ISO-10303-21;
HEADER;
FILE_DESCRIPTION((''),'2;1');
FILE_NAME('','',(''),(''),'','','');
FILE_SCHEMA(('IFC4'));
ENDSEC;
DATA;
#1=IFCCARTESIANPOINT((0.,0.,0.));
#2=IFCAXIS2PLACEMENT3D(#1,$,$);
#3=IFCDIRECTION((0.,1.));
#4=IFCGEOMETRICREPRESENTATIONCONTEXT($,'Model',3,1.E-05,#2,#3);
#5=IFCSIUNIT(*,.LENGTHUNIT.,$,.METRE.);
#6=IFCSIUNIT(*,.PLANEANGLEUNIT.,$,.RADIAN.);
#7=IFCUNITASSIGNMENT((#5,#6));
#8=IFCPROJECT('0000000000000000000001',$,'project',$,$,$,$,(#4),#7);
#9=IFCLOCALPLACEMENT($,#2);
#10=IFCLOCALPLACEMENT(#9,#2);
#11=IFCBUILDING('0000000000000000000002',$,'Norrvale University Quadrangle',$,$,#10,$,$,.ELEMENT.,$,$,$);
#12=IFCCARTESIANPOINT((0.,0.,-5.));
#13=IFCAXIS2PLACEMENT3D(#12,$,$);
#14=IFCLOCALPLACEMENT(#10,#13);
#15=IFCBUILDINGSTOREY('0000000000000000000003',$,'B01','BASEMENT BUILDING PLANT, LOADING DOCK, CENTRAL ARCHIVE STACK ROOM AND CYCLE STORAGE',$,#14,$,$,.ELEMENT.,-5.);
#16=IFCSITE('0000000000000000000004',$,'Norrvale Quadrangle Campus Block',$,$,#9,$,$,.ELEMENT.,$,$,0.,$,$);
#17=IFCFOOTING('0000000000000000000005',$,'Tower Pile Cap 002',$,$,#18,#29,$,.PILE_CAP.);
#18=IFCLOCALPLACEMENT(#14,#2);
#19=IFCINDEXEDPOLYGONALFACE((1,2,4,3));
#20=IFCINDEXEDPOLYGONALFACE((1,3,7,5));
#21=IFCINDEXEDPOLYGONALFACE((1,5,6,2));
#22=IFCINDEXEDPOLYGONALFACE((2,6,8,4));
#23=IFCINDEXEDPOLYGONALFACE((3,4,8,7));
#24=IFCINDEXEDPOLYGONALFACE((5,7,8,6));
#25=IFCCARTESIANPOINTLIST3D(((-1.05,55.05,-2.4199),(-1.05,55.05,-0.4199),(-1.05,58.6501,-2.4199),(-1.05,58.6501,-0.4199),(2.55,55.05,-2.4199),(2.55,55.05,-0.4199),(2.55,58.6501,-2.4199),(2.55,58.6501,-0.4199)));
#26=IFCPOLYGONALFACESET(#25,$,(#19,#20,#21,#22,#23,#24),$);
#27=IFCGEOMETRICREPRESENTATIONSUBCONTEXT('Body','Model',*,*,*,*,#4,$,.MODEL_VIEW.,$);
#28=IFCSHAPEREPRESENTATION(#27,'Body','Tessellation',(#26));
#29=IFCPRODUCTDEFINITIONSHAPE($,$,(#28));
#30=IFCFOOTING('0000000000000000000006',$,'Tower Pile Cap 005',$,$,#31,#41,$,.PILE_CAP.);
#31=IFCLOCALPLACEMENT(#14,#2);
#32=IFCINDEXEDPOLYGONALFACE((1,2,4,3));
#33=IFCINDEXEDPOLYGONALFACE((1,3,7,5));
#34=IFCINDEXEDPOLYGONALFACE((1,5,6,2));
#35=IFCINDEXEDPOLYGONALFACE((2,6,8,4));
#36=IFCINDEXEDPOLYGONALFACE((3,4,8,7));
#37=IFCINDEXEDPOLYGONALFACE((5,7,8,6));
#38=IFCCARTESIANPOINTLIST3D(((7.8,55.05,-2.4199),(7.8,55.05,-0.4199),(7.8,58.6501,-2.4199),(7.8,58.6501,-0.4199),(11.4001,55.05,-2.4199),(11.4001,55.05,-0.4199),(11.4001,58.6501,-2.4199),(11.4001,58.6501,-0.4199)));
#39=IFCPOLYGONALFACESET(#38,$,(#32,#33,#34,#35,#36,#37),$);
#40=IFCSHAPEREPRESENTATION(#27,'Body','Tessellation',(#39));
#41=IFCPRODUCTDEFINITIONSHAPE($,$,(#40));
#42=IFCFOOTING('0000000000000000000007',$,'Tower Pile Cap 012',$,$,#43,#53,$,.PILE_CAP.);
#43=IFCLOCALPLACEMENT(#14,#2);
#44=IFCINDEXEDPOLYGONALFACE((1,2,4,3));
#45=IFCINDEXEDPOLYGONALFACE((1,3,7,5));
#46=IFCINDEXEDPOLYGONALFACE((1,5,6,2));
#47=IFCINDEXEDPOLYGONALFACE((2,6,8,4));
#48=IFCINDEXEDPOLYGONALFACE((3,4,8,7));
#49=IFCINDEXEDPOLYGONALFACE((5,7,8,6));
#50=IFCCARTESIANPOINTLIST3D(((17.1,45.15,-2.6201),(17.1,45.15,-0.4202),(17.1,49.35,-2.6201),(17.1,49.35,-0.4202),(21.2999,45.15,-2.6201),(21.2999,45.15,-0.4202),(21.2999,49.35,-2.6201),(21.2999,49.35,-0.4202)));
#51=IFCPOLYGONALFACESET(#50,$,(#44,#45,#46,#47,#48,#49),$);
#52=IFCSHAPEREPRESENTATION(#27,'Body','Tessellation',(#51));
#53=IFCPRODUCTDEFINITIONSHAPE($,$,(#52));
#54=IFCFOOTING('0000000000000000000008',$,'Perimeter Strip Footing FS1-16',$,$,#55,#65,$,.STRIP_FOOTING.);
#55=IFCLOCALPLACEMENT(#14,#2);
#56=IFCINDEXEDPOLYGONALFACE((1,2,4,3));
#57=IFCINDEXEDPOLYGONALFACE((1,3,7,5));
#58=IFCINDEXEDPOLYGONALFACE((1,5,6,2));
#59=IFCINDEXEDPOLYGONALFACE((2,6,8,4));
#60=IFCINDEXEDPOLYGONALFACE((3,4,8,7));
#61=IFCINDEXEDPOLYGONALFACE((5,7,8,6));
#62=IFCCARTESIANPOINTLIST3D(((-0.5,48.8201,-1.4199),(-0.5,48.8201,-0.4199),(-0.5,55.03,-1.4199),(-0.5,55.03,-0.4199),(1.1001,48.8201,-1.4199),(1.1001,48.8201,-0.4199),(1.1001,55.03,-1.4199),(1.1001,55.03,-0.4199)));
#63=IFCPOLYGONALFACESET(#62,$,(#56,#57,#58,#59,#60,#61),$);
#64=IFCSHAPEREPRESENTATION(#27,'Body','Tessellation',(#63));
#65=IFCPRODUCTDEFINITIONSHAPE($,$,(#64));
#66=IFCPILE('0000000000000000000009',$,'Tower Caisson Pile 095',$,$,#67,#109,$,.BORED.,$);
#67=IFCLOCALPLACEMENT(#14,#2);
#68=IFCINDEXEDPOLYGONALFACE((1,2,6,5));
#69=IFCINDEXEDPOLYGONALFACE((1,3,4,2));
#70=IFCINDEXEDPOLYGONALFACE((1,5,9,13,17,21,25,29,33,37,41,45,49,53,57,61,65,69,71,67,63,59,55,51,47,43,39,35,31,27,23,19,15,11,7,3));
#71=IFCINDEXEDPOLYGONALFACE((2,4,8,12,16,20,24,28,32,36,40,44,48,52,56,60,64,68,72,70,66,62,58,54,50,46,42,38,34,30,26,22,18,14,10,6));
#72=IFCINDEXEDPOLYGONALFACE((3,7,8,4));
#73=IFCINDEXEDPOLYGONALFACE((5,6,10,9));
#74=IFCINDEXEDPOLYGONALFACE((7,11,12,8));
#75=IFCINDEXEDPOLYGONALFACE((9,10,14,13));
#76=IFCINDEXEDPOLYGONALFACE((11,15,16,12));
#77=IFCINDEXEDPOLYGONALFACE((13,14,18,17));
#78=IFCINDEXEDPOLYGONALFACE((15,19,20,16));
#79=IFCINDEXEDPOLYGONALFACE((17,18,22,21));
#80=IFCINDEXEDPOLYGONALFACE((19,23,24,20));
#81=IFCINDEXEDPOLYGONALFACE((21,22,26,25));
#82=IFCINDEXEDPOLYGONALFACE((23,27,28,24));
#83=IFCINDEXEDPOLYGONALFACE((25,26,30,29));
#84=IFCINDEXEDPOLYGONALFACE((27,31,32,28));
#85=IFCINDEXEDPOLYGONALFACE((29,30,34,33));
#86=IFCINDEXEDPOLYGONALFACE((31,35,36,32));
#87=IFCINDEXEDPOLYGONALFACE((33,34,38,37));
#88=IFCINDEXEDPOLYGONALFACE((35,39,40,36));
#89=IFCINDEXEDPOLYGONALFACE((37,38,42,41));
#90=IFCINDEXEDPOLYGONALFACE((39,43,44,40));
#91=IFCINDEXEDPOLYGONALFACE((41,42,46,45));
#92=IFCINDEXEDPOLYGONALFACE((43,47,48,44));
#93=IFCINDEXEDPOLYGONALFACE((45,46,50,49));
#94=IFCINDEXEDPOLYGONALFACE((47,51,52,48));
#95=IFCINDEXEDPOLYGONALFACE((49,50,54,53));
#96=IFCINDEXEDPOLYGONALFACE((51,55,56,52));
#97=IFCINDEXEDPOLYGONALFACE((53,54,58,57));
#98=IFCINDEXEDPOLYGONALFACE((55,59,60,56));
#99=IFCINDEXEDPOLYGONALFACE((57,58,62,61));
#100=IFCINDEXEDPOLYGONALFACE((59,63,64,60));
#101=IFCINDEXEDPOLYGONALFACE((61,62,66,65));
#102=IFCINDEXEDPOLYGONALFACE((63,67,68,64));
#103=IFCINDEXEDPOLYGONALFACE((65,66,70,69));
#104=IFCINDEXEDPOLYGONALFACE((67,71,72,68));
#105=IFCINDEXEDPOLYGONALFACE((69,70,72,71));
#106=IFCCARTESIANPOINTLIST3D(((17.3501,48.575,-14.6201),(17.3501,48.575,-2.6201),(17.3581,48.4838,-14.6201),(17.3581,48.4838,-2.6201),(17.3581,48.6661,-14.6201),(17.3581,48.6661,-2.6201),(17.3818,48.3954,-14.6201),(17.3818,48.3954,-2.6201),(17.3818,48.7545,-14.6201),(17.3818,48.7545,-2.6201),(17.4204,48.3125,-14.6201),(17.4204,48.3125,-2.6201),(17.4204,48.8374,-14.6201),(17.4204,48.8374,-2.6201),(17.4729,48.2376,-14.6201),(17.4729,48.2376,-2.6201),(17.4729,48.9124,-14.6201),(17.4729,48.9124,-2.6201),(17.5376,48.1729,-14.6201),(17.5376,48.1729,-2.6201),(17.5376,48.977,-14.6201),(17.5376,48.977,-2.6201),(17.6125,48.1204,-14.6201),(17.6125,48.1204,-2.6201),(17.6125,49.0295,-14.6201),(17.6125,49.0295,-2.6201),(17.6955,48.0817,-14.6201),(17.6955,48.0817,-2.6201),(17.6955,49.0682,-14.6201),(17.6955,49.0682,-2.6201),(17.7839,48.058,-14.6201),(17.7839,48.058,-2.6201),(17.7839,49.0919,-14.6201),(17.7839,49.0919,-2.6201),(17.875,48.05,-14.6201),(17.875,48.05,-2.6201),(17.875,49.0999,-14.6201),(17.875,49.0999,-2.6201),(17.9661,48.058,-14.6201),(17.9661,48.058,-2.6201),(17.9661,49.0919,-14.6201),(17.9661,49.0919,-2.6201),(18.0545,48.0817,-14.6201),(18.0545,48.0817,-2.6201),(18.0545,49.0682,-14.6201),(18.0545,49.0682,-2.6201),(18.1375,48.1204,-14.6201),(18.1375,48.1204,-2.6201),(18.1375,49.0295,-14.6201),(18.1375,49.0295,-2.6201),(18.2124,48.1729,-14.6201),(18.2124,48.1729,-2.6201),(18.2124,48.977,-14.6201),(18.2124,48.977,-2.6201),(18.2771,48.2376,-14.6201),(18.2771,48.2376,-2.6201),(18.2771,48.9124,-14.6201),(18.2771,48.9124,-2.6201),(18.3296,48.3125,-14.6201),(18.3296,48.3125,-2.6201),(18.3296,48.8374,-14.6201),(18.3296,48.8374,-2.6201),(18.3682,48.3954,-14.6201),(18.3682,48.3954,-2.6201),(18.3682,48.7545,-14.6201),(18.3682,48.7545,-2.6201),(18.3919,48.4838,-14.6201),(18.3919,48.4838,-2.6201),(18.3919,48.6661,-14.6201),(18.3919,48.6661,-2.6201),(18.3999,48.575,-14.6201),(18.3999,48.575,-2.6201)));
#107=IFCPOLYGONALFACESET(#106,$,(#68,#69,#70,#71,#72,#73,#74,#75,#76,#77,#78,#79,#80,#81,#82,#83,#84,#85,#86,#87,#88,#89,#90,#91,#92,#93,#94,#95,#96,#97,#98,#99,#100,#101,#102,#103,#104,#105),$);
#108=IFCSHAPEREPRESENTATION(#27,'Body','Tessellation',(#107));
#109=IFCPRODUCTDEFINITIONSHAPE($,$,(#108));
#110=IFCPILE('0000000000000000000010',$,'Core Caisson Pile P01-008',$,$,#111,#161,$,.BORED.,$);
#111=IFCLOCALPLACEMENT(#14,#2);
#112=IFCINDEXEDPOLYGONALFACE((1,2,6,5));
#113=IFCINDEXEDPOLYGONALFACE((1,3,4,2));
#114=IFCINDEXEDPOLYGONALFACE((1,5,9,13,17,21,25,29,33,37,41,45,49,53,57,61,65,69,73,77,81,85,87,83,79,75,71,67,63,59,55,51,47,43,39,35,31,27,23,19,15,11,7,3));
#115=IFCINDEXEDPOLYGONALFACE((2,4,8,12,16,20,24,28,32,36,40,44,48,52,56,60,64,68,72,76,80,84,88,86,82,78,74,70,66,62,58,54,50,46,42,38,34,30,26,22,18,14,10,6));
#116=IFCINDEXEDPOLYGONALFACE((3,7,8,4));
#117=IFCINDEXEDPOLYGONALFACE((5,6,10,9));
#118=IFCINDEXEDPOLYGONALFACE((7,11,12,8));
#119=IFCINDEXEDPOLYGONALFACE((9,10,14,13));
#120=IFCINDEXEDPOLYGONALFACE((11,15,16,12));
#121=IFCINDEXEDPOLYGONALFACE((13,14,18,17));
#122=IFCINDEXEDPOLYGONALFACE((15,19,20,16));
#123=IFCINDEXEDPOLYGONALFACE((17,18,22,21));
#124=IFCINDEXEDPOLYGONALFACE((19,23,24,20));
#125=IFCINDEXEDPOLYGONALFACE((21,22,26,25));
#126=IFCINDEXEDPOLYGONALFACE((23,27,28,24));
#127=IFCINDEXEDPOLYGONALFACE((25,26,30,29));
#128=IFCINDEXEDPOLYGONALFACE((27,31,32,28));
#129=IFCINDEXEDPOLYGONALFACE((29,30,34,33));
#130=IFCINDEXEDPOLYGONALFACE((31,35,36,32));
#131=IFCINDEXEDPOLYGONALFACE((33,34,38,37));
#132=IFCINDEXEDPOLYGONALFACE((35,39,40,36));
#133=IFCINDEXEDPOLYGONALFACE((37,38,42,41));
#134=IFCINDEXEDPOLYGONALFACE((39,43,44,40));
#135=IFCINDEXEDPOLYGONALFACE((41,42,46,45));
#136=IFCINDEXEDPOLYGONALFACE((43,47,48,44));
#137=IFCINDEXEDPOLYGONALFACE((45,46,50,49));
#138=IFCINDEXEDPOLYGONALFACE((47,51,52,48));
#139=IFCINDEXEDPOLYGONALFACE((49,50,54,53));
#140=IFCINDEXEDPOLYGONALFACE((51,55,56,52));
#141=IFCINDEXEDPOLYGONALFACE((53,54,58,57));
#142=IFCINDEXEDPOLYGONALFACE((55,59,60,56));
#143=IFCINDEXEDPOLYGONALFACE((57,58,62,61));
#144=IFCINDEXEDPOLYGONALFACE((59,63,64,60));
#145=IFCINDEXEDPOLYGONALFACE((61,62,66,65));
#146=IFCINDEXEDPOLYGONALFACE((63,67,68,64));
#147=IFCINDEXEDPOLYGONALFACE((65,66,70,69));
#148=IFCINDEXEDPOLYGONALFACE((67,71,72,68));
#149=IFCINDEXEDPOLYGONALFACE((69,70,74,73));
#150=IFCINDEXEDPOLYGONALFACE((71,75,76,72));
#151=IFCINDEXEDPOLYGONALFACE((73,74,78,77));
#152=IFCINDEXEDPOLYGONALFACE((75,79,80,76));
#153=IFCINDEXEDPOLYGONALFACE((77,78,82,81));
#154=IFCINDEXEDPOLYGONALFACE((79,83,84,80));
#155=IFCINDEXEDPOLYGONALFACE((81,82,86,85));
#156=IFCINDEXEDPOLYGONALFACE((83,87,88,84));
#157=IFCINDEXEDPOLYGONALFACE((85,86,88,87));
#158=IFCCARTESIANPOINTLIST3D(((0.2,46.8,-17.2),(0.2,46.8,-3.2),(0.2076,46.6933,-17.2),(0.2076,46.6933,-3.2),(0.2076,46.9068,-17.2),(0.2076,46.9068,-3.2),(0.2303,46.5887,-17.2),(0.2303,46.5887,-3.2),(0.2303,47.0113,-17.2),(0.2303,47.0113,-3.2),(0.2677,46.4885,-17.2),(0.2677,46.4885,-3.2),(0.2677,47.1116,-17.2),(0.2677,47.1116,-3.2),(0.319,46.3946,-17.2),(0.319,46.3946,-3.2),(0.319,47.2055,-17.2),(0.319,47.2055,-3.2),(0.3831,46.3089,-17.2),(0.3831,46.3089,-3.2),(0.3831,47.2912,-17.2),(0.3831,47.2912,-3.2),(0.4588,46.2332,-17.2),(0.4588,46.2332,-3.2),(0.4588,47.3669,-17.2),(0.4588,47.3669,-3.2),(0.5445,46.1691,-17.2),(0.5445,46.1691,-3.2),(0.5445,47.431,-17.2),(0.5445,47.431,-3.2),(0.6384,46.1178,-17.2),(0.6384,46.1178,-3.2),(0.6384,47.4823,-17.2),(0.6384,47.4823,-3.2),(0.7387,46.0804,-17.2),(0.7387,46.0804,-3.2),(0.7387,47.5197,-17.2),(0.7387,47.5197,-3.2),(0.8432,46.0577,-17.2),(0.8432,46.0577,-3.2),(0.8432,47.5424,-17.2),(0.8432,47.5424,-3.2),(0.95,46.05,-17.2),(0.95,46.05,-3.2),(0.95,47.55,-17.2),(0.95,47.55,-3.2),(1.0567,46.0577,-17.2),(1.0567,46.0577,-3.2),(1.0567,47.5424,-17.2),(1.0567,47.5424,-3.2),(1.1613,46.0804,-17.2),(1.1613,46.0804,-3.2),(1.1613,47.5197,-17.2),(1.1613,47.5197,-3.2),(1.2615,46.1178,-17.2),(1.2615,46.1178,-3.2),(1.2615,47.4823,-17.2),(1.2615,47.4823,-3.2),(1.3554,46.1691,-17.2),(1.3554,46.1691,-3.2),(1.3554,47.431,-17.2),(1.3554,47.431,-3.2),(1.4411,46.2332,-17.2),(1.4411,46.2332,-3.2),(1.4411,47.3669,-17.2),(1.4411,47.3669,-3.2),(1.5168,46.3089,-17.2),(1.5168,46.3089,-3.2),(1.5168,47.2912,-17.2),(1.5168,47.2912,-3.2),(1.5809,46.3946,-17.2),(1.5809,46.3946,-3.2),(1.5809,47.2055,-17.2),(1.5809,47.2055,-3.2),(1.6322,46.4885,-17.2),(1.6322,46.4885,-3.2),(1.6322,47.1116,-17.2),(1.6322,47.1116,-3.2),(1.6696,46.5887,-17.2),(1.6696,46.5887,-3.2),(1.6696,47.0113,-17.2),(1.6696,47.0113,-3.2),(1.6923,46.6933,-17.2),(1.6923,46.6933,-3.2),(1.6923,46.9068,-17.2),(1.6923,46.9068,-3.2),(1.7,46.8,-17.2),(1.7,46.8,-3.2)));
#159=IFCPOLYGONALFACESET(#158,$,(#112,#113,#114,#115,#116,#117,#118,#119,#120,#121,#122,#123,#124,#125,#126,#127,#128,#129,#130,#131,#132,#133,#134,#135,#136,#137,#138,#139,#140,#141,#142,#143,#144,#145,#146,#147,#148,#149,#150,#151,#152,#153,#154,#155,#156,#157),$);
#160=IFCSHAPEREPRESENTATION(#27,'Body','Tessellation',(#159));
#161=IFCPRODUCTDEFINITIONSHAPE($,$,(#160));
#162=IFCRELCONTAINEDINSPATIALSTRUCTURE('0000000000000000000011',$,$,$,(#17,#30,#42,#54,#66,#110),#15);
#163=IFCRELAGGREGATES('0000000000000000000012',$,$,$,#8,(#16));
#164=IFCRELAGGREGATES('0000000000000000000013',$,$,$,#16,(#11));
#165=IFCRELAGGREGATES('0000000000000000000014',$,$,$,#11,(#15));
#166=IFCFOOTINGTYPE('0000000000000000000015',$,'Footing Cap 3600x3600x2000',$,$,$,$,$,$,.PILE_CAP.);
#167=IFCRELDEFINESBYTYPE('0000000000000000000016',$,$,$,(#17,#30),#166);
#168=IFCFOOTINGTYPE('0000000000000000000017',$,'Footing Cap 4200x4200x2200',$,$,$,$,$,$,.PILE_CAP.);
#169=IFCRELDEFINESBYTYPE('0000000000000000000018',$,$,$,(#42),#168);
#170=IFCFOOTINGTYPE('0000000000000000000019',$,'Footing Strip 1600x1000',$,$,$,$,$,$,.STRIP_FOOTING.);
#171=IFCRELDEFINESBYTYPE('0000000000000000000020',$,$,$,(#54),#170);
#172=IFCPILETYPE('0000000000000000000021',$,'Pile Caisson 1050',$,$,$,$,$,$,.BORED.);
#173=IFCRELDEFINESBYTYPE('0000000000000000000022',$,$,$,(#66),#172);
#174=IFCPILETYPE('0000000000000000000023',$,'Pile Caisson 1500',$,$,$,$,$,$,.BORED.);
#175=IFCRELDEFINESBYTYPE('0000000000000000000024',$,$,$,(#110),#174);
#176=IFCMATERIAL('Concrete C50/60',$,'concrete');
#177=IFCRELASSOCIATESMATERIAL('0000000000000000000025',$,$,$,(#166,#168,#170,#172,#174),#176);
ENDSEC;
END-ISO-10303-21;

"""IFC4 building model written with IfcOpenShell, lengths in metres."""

from ifc_helpers import new_model, si_unit, direction, frame, origin, origin_2d, place, context, subcontext, project, spatial, rectangle, circle, extrude, material, material_profile, profile_set, type_object, element, save


model = new_model("IFC4")

# Units and contexts
model_context = context("Model", 3, precision=1e-05, world=origin(), true_north=direction((0.0, 1.0)))
body_context = subcontext(model_context, "Body", "Model", "MODEL_VIEW")
ifc_project = project(units=[si_unit("LENGTHUNIT", "METRE"), si_unit("PLANEANGLEUNIT", "RADIAN")], contexts=[model_context])

# Site, building, storey
site_placement = place(None, origin())
site = spatial("IfcSite", under=ifc_project, at=site_placement, Name="Norrvale Quadrangle Campus Block", CompositionType="ELEMENT", RefElevation=0.0)
building_placement = place(site_placement, origin())
building = spatial("IfcBuilding", under=site, at=building_placement, Name="Norrvale University Quadrangle", CompositionType="ELEMENT")
storey_placement = place(building_placement, frame((0.0, 0.0, -5.0)))
storey = spatial("IfcBuildingStorey", under=building, at=storey_placement, Name="B01", Description="BASEMENT BUILDING PLANT, LOADING DOCK, CENTRAL ARCHIVE STACK ROOM AND CYCLE STORAGE", CompositionType="ELEMENT", Elevation=-5.0)

# Footings
ifc_material_1 = material(Name="Concrete C50/60", Category="concrete")
footing_type_1 = type_object("IfcFootingType", Name="Footing Cap 3600x3600x2000", PredefinedType="PILE_CAP", material=ifc_material_1)
for number, where, z_axis, x_axis, name in (
    (1, (0.75, 56.8501, -2.4199), (0.0, 0.0, 1.0), (1.0, 0.0, 0.0), "Tower Pile Cap 002"),
    (2, (9.6001, 56.8501, -2.4199), (0.0, 0.0, 1.0), (1.0, 0.0, 0.0), "Tower Pile Cap 005"),
):
    element("IfcFooting", number, at=place(storey_placement, frame(where, z_axis=z_axis, x_axis=x_axis)), inside=storey, type_object=footing_type_1, Name=name, PredefinedType="PILE_CAP", context=body_context, shape_type="SweptSolid", body=[
        extrude(rectangle(XDim=3.6001, YDim=3.6001, at=origin_2d()), origin(), (0.0, 0.0, 1.0), 2.0),
    ])
footing_type_2 = type_object("IfcFootingType", Name="Footing Cap 4200x4200x2200", PredefinedType="PILE_CAP", material=ifc_material_1)
footing_1_placement = place(storey_placement, frame((19.2, 47.25, -2.6201), z_axis=(0.0, 0.0, 1.0), x_axis=(1.0, 0.0, 0.0)))
element("IfcFooting", 3, at=footing_1_placement, inside=storey, type_object=footing_type_2, Name="Tower Pile Cap 012", PredefinedType="PILE_CAP", context=body_context, shape_type="SweptSolid", body=[
    extrude(rectangle(XDim=4.2, YDim=4.2, at=origin_2d()), origin(), (0.0, 0.0, 1.0), 2.2),
])
footing_type_3 = type_object("IfcFootingType", Name="Footing Strip 1600x1000", PredefinedType="STRIP_FOOTING", material=ifc_material_1)
footing_2_placement = place(storey_placement, frame((0.3, 51.925, -1.4199), z_axis=(0.0, 0.0, 1.0), x_axis=(0.0, 1.0, 0.0)))
element("IfcFooting", 4, at=footing_2_placement, inside=storey, type_object=footing_type_3, Name="Perimeter Strip Footing FS1-16", PredefinedType="STRIP_FOOTING", context=body_context, shape_type="SweptSolid", body=[
    extrude(rectangle(XDim=6.21, YDim=1.6001, at=origin_2d()), origin(), (0.0, 0.0, 1.0), 1.0),
])

# Piles
ifc_material_profile_1 = material_profile(ifc_material_1, circle(Radius=0.5249, at=origin_2d()), Name="Concrete C50/60")
ifc_profile_set_1 = profile_set([ifc_material_profile_1], Name="Concrete C50/60")
pile_type_1 = type_object("IfcPileType", Name="Pile Caisson 1050", PredefinedType="BORED", material=ifc_profile_set_1)
pile_placement = place(storey_placement, frame((17.875, 48.575, -2.6201), z_axis=(0.0, 0.0, -1.0), x_axis=(1.0, 0.0, 0.0)))
element("IfcPile", 5, at=pile_placement, inside=storey, type_object=pile_type_1, Name="Tower Caisson Pile 095", PredefinedType="BORED", context=body_context, shape_type="SweptSolid", body=[
    extrude(circle(Radius=0.5249, at=origin_2d()), origin(), (0.0, 0.0, 1.0), 12.0),
])
ifc_material_profile_2 = material_profile(ifc_material_1, circle(Radius=0.75, at=origin_2d()), Name="Concrete C50/60")
ifc_profile_set_2 = profile_set([ifc_material_profile_2], Name="Concrete C50/60")
pile_type_2 = type_object("IfcPileType", Name="Pile Caisson 1500", PredefinedType="BORED", material=ifc_profile_set_2)
for number, where, z_axis, x_axis, name in (
    (6, (0.95, 46.8, -3.2), (0.0, 0.0, -1.0), (1.0, 0.0, 0.0), "Core Caisson Pile P01-008"),
):
    element("IfcPile", number, at=place(storey_placement, frame(where, z_axis=z_axis, x_axis=x_axis)), inside=storey, type_object=pile_type_2, Name=name, PredefinedType="BORED", context=body_context, shape_type="SweptSolid", body=[
        extrude(circle(Radius=0.75, at=origin_2d()), origin(), (0.0, 0.0, 1.0), 14.0),
    ])

save(model, "model.ifc")
